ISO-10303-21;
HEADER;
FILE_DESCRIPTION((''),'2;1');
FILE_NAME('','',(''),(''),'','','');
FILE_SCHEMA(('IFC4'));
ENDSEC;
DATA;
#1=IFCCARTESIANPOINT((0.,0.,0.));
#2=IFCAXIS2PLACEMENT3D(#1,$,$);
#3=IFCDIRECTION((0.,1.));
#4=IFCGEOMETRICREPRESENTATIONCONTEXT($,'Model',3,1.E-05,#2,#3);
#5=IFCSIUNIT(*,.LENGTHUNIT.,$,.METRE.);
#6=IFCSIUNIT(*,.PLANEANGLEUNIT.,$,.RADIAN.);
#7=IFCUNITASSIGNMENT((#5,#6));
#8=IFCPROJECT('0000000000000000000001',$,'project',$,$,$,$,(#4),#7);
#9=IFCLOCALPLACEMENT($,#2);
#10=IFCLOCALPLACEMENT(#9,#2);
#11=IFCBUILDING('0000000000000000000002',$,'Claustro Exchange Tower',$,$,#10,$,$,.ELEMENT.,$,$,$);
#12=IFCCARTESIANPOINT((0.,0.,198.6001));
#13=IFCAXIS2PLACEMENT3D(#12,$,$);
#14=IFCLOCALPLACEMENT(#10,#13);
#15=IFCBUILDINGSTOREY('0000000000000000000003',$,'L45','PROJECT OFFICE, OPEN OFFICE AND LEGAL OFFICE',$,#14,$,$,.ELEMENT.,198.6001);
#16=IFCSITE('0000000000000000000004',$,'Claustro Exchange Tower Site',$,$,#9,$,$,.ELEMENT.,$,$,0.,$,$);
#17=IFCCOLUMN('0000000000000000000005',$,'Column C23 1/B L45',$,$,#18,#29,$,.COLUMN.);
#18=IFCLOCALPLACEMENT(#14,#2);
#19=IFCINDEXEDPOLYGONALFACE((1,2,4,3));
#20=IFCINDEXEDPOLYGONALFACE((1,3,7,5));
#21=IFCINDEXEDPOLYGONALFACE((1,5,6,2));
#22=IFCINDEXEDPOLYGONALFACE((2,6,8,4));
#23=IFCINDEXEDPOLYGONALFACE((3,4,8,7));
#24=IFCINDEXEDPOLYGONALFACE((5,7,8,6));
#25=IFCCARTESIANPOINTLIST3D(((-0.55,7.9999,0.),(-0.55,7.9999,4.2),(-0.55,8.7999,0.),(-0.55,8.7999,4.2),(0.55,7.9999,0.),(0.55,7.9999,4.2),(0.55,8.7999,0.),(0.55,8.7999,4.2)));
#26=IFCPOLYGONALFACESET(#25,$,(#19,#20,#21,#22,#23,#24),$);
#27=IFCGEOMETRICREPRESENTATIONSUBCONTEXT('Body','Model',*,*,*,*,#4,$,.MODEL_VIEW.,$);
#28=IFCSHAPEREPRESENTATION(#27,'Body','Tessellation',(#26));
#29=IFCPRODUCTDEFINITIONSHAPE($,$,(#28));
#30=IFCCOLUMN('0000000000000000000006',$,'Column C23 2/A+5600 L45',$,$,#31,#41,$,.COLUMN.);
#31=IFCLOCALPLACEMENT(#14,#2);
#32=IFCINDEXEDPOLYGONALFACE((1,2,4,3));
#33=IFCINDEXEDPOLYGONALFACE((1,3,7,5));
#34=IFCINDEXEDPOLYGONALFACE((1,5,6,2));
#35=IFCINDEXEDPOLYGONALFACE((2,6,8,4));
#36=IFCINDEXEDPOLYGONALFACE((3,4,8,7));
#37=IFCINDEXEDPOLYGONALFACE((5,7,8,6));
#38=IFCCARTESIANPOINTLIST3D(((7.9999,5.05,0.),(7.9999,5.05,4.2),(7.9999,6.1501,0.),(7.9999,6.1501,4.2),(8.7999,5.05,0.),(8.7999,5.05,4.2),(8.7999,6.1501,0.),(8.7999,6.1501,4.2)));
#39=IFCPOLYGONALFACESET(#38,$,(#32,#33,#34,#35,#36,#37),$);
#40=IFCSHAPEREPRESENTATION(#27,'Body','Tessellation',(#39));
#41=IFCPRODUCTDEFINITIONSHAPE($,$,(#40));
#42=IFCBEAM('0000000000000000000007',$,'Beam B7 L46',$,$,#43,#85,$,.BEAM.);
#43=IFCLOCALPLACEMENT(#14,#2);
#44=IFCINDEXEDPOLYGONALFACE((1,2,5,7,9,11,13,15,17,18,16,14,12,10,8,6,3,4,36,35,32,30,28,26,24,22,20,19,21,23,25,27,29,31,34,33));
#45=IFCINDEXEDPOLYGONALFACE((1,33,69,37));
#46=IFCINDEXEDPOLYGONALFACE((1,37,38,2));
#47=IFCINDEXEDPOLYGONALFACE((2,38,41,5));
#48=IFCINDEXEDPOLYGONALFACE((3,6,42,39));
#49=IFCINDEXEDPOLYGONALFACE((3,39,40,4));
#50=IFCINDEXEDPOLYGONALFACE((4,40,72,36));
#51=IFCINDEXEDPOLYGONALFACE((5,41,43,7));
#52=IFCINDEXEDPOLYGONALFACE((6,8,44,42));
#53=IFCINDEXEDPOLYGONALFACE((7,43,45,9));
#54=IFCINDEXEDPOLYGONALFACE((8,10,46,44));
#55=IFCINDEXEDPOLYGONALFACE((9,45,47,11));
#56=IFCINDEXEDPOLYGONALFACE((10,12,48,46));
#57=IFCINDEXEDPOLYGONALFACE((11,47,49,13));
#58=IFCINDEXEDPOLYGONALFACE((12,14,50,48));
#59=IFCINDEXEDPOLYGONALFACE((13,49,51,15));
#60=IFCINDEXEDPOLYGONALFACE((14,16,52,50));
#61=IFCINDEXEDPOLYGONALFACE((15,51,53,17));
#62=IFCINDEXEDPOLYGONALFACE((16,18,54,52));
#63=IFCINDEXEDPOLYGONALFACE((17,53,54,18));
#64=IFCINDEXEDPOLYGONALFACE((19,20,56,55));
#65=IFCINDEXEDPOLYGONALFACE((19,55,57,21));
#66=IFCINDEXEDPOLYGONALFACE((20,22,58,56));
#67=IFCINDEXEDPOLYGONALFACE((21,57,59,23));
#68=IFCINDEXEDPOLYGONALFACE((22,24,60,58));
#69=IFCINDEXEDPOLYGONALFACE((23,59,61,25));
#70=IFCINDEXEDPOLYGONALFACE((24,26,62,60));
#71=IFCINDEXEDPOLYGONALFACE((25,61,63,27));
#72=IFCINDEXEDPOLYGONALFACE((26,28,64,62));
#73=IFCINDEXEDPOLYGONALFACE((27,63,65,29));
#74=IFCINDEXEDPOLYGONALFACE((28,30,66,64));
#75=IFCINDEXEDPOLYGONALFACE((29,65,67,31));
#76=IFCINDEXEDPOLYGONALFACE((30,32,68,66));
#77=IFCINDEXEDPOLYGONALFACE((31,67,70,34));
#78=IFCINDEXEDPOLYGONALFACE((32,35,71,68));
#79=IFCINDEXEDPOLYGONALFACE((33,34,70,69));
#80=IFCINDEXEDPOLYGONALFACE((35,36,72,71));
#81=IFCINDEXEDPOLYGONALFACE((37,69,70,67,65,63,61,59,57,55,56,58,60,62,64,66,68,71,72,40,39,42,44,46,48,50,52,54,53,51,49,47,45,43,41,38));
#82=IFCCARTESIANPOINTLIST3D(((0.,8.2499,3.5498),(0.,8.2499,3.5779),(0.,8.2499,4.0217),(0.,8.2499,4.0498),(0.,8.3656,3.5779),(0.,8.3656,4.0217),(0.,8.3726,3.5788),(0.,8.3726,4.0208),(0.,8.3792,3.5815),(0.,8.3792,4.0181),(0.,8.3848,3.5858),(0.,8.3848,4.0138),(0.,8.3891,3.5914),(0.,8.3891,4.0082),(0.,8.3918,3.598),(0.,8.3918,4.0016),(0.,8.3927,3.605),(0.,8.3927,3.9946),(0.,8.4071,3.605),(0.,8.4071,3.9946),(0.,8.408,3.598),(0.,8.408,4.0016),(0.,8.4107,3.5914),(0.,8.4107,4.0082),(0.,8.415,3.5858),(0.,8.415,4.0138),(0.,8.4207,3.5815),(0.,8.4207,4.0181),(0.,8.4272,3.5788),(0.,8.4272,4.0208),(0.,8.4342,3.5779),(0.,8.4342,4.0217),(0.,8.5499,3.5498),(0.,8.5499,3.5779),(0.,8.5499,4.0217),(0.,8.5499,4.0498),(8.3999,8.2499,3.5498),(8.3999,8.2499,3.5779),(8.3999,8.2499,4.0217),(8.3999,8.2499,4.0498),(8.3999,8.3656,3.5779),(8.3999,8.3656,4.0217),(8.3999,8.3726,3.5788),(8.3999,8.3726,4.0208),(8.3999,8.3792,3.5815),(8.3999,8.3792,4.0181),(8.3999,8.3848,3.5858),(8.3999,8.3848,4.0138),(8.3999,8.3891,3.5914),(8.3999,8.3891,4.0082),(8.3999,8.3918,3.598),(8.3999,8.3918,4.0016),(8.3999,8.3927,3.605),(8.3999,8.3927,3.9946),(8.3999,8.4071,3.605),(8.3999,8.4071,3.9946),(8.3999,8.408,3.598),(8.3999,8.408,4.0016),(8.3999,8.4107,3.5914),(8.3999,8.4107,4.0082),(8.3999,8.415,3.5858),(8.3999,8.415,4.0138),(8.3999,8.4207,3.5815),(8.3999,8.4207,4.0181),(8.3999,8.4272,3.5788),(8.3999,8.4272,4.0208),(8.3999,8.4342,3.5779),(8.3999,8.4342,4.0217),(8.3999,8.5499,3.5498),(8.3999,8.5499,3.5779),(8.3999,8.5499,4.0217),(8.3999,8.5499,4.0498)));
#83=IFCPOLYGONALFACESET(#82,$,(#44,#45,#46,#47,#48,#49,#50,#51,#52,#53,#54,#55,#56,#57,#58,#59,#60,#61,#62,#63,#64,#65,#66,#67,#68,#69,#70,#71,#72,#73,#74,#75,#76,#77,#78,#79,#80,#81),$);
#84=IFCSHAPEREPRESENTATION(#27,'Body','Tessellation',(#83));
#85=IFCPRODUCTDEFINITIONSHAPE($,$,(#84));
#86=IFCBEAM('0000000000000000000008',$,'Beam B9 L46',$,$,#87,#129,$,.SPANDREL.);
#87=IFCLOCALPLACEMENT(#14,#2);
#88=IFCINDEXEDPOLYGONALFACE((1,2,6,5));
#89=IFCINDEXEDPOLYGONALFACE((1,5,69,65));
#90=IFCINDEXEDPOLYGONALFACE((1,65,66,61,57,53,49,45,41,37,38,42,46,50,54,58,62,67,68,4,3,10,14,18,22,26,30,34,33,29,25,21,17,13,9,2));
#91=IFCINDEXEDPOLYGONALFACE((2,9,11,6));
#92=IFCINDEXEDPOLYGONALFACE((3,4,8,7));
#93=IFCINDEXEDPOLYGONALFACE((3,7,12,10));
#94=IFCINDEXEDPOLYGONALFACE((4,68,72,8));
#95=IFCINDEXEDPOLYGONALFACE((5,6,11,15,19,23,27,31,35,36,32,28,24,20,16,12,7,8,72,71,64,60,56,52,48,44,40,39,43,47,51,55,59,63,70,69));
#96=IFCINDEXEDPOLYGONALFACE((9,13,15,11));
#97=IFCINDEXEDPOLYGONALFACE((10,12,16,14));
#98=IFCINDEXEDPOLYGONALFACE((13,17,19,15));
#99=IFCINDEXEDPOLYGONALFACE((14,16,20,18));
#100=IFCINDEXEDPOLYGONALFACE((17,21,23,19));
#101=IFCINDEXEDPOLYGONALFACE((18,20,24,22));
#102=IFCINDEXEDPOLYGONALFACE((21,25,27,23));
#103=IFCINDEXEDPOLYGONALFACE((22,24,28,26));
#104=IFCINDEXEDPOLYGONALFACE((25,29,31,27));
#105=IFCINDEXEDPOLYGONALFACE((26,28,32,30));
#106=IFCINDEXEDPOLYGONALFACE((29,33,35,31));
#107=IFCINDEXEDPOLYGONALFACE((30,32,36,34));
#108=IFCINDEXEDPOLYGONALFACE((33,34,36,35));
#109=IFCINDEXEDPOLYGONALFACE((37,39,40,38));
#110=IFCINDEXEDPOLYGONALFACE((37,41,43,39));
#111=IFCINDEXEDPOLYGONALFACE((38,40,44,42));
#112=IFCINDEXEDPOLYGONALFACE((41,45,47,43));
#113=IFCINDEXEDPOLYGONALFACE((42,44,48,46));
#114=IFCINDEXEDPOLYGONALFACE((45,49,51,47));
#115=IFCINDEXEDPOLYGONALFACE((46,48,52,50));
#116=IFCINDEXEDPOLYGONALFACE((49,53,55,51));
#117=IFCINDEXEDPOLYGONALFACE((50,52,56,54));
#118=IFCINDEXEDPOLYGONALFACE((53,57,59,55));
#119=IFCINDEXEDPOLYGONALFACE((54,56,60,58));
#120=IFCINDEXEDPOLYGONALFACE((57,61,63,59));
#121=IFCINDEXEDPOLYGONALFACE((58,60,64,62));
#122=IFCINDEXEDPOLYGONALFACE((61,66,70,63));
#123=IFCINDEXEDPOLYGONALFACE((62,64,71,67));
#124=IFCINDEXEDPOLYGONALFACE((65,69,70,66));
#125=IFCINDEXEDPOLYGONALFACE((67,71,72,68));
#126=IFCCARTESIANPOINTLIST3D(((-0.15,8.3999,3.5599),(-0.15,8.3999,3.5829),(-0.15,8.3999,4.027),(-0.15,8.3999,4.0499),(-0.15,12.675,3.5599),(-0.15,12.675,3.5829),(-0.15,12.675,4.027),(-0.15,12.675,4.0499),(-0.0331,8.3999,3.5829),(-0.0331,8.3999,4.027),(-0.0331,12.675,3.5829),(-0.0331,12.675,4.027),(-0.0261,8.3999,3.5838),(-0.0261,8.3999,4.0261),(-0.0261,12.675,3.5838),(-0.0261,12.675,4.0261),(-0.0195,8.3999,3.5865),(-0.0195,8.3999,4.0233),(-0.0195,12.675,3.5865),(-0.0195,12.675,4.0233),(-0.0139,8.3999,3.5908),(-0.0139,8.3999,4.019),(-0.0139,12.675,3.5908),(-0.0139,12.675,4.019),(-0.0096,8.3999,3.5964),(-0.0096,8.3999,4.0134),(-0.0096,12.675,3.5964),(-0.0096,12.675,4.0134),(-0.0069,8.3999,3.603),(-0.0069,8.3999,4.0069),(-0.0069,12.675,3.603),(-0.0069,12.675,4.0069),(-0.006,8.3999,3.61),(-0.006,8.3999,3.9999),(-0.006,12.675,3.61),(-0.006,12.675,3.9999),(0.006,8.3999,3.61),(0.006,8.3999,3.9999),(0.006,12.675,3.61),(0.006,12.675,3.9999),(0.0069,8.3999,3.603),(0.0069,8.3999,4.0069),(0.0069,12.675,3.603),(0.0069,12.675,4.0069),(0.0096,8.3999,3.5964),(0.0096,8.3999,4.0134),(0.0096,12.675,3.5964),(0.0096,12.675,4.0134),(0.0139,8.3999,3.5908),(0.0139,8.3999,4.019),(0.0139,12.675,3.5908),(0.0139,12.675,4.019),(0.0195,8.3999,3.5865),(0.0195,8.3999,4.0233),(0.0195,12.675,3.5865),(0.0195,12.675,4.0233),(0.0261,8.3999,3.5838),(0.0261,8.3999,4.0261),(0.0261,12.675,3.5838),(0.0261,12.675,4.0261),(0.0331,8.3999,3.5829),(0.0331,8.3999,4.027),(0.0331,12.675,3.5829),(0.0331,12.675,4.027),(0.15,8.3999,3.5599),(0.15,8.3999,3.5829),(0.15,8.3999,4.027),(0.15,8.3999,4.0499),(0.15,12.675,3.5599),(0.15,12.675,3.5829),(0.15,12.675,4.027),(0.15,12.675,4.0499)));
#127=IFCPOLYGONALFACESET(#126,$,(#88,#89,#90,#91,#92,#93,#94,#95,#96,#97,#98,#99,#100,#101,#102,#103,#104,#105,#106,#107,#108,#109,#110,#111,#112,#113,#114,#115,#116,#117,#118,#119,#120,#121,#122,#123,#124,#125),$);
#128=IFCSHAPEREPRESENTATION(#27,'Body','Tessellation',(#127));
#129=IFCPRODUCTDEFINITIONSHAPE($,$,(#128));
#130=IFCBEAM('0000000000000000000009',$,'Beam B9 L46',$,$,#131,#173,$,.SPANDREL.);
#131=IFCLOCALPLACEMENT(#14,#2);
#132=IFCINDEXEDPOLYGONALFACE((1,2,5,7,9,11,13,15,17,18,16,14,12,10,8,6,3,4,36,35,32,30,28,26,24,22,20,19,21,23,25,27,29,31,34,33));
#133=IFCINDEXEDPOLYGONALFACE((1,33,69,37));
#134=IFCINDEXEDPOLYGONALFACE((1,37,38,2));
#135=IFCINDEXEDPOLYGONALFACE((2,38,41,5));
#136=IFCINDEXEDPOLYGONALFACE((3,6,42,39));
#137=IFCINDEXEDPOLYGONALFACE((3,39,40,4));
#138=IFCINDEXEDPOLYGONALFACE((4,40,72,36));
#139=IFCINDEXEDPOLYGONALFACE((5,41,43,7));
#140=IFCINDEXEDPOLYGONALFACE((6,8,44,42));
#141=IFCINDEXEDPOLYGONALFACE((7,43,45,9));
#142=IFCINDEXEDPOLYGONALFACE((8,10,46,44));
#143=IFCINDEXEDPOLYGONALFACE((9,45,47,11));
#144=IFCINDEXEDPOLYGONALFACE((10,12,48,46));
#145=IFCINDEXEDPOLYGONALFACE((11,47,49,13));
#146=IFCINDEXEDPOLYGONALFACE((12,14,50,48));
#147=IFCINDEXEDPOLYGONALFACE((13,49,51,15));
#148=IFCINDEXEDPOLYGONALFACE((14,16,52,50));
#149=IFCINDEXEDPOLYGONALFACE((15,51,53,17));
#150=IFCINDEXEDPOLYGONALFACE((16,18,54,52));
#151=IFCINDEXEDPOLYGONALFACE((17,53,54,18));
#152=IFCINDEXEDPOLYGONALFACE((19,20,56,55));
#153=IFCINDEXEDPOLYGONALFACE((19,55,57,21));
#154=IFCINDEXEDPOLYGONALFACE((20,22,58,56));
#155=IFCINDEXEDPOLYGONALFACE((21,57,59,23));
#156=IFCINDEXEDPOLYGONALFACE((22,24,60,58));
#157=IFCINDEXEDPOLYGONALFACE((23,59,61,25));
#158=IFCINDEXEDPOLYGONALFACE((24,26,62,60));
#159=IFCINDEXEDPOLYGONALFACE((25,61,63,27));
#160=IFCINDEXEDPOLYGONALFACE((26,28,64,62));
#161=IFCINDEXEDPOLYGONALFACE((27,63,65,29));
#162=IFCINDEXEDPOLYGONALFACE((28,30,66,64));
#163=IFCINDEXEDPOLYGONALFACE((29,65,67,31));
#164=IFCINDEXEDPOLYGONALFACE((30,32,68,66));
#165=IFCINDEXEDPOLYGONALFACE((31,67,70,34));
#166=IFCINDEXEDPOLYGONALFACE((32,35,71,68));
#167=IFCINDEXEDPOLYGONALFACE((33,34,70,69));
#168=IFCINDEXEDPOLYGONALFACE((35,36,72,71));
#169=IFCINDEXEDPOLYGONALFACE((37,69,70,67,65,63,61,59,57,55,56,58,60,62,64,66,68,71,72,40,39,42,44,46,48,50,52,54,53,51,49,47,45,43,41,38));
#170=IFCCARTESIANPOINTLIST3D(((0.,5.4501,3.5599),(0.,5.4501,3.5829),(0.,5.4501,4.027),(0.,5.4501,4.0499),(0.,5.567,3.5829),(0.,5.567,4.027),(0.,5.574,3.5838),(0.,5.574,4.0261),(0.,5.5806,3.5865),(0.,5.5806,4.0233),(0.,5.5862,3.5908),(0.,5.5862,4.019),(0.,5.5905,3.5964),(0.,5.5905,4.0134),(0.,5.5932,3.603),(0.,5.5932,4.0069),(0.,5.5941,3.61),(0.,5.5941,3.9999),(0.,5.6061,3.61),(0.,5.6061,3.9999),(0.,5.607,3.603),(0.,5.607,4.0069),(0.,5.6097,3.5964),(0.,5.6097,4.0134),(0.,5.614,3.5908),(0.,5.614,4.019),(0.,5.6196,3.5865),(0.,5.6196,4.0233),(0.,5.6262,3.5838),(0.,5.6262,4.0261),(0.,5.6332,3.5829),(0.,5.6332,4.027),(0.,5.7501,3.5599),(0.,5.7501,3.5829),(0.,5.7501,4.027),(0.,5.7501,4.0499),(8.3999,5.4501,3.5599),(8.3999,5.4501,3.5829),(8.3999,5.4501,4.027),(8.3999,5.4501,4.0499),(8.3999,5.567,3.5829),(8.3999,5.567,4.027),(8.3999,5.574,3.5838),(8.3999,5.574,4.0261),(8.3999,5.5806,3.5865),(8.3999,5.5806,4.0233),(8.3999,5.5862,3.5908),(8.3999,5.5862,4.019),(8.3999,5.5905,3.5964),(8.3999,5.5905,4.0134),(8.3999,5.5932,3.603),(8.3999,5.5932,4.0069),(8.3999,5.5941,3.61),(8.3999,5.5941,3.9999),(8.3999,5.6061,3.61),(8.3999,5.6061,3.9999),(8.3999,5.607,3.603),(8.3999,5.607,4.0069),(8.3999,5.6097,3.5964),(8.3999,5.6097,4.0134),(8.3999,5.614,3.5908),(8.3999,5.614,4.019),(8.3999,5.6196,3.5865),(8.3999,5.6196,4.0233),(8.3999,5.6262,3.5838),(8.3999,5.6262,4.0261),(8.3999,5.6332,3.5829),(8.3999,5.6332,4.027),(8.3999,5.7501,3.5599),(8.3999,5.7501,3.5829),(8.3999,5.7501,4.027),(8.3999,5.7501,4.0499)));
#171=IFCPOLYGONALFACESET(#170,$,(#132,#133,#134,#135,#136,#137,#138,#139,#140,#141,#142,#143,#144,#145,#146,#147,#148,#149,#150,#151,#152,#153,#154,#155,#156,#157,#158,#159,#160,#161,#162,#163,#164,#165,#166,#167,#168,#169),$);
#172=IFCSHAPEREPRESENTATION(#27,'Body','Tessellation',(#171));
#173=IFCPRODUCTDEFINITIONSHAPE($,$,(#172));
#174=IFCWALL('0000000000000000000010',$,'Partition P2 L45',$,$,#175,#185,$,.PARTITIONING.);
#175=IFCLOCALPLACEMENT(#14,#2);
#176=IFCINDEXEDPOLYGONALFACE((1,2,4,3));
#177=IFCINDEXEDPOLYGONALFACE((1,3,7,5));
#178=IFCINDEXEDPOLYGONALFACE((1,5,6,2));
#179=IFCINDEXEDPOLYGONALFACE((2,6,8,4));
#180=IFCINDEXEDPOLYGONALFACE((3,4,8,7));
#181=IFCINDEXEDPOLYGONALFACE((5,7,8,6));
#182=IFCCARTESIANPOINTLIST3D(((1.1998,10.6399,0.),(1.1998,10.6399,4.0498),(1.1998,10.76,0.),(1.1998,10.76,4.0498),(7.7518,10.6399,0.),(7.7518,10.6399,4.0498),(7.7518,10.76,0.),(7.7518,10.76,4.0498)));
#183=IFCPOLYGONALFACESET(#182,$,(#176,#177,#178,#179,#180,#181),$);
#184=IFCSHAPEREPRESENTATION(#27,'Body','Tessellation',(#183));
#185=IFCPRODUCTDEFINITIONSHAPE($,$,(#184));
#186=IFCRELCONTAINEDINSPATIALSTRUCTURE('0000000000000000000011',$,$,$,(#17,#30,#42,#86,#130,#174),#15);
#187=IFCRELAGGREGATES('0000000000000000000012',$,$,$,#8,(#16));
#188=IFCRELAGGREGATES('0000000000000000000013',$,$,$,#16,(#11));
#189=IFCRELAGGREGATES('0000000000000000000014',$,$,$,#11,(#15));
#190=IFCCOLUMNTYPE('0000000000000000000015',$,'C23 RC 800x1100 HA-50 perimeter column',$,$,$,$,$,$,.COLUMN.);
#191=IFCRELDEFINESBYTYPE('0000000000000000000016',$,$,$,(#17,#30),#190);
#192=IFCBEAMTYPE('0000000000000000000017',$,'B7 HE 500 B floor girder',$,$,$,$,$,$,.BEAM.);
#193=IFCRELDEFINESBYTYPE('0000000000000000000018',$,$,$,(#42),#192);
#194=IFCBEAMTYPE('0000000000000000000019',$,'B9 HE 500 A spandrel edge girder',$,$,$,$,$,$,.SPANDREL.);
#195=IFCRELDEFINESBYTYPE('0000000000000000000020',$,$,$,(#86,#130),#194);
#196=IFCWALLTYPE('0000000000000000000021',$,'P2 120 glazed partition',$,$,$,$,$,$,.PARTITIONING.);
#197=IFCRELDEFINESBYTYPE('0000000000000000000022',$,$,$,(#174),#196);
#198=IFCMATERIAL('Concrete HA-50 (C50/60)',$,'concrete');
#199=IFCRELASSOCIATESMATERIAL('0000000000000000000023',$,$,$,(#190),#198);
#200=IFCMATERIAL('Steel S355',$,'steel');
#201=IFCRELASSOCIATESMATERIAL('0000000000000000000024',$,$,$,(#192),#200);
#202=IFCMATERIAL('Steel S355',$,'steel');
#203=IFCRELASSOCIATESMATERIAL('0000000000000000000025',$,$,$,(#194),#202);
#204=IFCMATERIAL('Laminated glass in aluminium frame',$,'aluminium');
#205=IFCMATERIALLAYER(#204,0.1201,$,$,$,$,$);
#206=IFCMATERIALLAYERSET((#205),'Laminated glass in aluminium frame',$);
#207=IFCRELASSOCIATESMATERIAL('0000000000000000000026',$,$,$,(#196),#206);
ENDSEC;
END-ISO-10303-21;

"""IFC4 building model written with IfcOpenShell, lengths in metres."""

from ifc_helpers import new_model, si_unit, direction, frame, frame_2d, origin, origin_2d, place, context, subcontext, project, spatial, rectangle, i_section, extrude, material, layer, layer_set, material_profile, profile_set, type_object, element, save


model = new_model("IFC4")

# Units and contexts
model_context = context("Model", 3, precision=1e-05, world=origin(), true_north=direction((0.0, 1.0)))
body_context = subcontext(model_context, "Body", "Model", "MODEL_VIEW")
ifc_project = project(units=[si_unit("LENGTHUNIT", "METRE"), si_unit("PLANEANGLEUNIT", "RADIAN")], contexts=[model_context])

# Site, building, storey
site_placement = place(None, origin())
site = spatial("IfcSite", under=ifc_project, at=site_placement, Name="Claustro Exchange Tower Site", CompositionType="ELEMENT", RefElevation=0.0)
building_placement = place(site_placement, origin())
building = spatial("IfcBuilding", under=site, at=building_placement, Name="Claustro Exchange Tower", CompositionType="ELEMENT")
storey_placement = place(building_placement, frame((0.0, 0.0, 198.6001)))
storey = spatial("IfcBuildingStorey", under=building, at=storey_placement, Name="L45", Description="PROJECT OFFICE, OPEN OFFICE AND LEGAL OFFICE", CompositionType="ELEMENT", Elevation=198.6001)

# Columns
ifc_material_1 = material(Name="Concrete HA-50 (C50/60)", Category="concrete")
ifc_material_profile_1 = material_profile(ifc_material_1, rectangle(XDim=0.8, YDim=1.1001, at=origin_2d()), Name="RC 800x1100")
ifc_profile_set_1 = profile_set([ifc_material_profile_1], Name="Concrete HA-50 (C50/60)")
column_type = type_object("IfcColumnType", Name="C23 RC 800x1100 HA-50 perimeter column", PredefinedType="COLUMN", material=ifc_profile_set_1)
for number, where, z_axis, x_axis, name in (
    (1, (0.0, 8.3999, 0.0), (0.0, 0.0, 1.0), (0.0, 1.0, 0.0), "Column C23 1/B L45"),
    (2, (8.3999, 5.6001, 0.0), (0.0, 0.0, 1.0), (1.0, 0.0, 0.0), "Column C23 2/A+5600 L45"),
):
    element("IfcColumn", number, at=place(storey_placement, frame(where, z_axis=z_axis, x_axis=x_axis)), inside=storey, type_object=column_type, Name=name, PredefinedType="COLUMN", context=body_context, shape_type="SweptSolid", body=[
        extrude(rectangle(XDim=0.8, YDim=1.1001, at=origin_2d()), origin(), (0.0, 0.0, 1.0), 4.2),
    ])

# Beams
ifc_material_2 = material(Name="Steel S355", Category="steel")
ifc_material_profile_2 = material_profile(ifc_material_2, i_section(OverallWidth=0.3, OverallDepth=0.5, WebThickness=0.0144, FlangeThickness=0.0281, FilletRadius=0.0271, at=origin_2d()), Name="HE 500 B")
ifc_profile_set_2 = profile_set([ifc_material_profile_2], Name="Steel S355")
beam_type_1 = type_object("IfcBeamType", Name="B7 HE 500 B floor girder", PredefinedType="BEAM", material=ifc_profile_set_2)
beam_1_placement = place(storey_placement, frame((0.0, 8.3999, 3.7998), z_axis=(1.0, 0.0, 0.0), x_axis=(0.0, 1.0, 0.0)))
element("IfcBeam", 3, at=beam_1_placement, inside=storey, type_object=beam_type_1, Name="Beam B7 L46", PredefinedType="BEAM", context=body_context, shape_type="SweptSolid", body=[
    extrude(i_section(OverallWidth=0.3, OverallDepth=0.5, WebThickness=0.0144, FlangeThickness=0.0281, FilletRadius=0.0271, at=origin_2d()), origin(), (0.0, 0.0, 1.0), 8.3999),
])
ifc_material_3 = material(Name="Steel S355", Category="steel")
ifc_material_profile_3 = material_profile(ifc_material_3, i_section(OverallWidth=0.3, OverallDepth=0.49, WebThickness=0.012, FlangeThickness=0.0229, FilletRadius=0.0271, at=origin_2d()), Name="HE 500 A")
ifc_profile_set_3 = profile_set([ifc_material_profile_3], Name="Steel S355")
beam_type_2 = type_object("IfcBeamType", Name="B9 HE 500 A spandrel edge girder", PredefinedType="SPANDREL", material=ifc_profile_set_3)
beam_2_placement = place(storey_placement, frame((0.0, 8.3999, 3.8049), z_axis=(0.0, 1.0, 0.0), x_axis=(-1.0, 0.0, 0.0)))
element("IfcBeam", 4, at=beam_2_placement, inside=storey, type_object=beam_type_2, Name="Beam B9 L46", PredefinedType="SPANDREL", context=body_context, shape_type="SweptSolid", body=[
    extrude(i_section(OverallWidth=0.3, OverallDepth=0.49, WebThickness=0.012, FlangeThickness=0.0229, FilletRadius=0.0271, at=origin_2d()), origin(), (0.0, 0.0, 1.0), 4.2751),
])
beam_3_placement = place(storey_placement, frame((0.0, 5.6001, 3.8049), z_axis=(1.0, 0.0, 0.0), x_axis=(0.0, 1.0, 0.0)))
element("IfcBeam", 5, at=beam_3_placement, inside=storey, type_object=beam_type_2, Name="Beam B9 L46", PredefinedType="SPANDREL", context=body_context, shape_type="SweptSolid", body=[
    extrude(i_section(OverallWidth=0.3, OverallDepth=0.49, WebThickness=0.012, FlangeThickness=0.0229, FilletRadius=0.0271, at=origin_2d()), origin(), (0.0, 0.0, 1.0), 8.3999),
])

# Wall
ifc_material_4 = material(Name="Laminated glass in aluminium frame", Category="aluminium")
ifc_layer_1 = layer(ifc_material_4, 0.1201)
ifc_layer_set_1 = layer_set([ifc_layer_1], Name="Laminated glass in aluminium frame")
wall_type_1 = type_object("IfcWallType", Name="P2 120 glazed partition", PredefinedType="PARTITIONING", material=ifc_layer_set_1)
wall_1_placement = place(storey_placement, frame((1.2, 10.7, 0.0), z_axis=(0.0, 0.0, 1.0), x_axis=(1.0, 0.0, 0.0)))
element("IfcWall", 6, at=wall_1_placement, inside=storey, type_object=wall_type_1, Name="Partition P2 L45", PredefinedType="PARTITIONING", context=body_context, shape_type="SweptSolid", body=[
    extrude(rectangle(XDim=6.552, YDim=0.1201, at=frame_2d((3.2759, 0.0))), origin(), (0.0, 0.0, 1.0), 4.0498),
])

save(model, "model.ifc")
